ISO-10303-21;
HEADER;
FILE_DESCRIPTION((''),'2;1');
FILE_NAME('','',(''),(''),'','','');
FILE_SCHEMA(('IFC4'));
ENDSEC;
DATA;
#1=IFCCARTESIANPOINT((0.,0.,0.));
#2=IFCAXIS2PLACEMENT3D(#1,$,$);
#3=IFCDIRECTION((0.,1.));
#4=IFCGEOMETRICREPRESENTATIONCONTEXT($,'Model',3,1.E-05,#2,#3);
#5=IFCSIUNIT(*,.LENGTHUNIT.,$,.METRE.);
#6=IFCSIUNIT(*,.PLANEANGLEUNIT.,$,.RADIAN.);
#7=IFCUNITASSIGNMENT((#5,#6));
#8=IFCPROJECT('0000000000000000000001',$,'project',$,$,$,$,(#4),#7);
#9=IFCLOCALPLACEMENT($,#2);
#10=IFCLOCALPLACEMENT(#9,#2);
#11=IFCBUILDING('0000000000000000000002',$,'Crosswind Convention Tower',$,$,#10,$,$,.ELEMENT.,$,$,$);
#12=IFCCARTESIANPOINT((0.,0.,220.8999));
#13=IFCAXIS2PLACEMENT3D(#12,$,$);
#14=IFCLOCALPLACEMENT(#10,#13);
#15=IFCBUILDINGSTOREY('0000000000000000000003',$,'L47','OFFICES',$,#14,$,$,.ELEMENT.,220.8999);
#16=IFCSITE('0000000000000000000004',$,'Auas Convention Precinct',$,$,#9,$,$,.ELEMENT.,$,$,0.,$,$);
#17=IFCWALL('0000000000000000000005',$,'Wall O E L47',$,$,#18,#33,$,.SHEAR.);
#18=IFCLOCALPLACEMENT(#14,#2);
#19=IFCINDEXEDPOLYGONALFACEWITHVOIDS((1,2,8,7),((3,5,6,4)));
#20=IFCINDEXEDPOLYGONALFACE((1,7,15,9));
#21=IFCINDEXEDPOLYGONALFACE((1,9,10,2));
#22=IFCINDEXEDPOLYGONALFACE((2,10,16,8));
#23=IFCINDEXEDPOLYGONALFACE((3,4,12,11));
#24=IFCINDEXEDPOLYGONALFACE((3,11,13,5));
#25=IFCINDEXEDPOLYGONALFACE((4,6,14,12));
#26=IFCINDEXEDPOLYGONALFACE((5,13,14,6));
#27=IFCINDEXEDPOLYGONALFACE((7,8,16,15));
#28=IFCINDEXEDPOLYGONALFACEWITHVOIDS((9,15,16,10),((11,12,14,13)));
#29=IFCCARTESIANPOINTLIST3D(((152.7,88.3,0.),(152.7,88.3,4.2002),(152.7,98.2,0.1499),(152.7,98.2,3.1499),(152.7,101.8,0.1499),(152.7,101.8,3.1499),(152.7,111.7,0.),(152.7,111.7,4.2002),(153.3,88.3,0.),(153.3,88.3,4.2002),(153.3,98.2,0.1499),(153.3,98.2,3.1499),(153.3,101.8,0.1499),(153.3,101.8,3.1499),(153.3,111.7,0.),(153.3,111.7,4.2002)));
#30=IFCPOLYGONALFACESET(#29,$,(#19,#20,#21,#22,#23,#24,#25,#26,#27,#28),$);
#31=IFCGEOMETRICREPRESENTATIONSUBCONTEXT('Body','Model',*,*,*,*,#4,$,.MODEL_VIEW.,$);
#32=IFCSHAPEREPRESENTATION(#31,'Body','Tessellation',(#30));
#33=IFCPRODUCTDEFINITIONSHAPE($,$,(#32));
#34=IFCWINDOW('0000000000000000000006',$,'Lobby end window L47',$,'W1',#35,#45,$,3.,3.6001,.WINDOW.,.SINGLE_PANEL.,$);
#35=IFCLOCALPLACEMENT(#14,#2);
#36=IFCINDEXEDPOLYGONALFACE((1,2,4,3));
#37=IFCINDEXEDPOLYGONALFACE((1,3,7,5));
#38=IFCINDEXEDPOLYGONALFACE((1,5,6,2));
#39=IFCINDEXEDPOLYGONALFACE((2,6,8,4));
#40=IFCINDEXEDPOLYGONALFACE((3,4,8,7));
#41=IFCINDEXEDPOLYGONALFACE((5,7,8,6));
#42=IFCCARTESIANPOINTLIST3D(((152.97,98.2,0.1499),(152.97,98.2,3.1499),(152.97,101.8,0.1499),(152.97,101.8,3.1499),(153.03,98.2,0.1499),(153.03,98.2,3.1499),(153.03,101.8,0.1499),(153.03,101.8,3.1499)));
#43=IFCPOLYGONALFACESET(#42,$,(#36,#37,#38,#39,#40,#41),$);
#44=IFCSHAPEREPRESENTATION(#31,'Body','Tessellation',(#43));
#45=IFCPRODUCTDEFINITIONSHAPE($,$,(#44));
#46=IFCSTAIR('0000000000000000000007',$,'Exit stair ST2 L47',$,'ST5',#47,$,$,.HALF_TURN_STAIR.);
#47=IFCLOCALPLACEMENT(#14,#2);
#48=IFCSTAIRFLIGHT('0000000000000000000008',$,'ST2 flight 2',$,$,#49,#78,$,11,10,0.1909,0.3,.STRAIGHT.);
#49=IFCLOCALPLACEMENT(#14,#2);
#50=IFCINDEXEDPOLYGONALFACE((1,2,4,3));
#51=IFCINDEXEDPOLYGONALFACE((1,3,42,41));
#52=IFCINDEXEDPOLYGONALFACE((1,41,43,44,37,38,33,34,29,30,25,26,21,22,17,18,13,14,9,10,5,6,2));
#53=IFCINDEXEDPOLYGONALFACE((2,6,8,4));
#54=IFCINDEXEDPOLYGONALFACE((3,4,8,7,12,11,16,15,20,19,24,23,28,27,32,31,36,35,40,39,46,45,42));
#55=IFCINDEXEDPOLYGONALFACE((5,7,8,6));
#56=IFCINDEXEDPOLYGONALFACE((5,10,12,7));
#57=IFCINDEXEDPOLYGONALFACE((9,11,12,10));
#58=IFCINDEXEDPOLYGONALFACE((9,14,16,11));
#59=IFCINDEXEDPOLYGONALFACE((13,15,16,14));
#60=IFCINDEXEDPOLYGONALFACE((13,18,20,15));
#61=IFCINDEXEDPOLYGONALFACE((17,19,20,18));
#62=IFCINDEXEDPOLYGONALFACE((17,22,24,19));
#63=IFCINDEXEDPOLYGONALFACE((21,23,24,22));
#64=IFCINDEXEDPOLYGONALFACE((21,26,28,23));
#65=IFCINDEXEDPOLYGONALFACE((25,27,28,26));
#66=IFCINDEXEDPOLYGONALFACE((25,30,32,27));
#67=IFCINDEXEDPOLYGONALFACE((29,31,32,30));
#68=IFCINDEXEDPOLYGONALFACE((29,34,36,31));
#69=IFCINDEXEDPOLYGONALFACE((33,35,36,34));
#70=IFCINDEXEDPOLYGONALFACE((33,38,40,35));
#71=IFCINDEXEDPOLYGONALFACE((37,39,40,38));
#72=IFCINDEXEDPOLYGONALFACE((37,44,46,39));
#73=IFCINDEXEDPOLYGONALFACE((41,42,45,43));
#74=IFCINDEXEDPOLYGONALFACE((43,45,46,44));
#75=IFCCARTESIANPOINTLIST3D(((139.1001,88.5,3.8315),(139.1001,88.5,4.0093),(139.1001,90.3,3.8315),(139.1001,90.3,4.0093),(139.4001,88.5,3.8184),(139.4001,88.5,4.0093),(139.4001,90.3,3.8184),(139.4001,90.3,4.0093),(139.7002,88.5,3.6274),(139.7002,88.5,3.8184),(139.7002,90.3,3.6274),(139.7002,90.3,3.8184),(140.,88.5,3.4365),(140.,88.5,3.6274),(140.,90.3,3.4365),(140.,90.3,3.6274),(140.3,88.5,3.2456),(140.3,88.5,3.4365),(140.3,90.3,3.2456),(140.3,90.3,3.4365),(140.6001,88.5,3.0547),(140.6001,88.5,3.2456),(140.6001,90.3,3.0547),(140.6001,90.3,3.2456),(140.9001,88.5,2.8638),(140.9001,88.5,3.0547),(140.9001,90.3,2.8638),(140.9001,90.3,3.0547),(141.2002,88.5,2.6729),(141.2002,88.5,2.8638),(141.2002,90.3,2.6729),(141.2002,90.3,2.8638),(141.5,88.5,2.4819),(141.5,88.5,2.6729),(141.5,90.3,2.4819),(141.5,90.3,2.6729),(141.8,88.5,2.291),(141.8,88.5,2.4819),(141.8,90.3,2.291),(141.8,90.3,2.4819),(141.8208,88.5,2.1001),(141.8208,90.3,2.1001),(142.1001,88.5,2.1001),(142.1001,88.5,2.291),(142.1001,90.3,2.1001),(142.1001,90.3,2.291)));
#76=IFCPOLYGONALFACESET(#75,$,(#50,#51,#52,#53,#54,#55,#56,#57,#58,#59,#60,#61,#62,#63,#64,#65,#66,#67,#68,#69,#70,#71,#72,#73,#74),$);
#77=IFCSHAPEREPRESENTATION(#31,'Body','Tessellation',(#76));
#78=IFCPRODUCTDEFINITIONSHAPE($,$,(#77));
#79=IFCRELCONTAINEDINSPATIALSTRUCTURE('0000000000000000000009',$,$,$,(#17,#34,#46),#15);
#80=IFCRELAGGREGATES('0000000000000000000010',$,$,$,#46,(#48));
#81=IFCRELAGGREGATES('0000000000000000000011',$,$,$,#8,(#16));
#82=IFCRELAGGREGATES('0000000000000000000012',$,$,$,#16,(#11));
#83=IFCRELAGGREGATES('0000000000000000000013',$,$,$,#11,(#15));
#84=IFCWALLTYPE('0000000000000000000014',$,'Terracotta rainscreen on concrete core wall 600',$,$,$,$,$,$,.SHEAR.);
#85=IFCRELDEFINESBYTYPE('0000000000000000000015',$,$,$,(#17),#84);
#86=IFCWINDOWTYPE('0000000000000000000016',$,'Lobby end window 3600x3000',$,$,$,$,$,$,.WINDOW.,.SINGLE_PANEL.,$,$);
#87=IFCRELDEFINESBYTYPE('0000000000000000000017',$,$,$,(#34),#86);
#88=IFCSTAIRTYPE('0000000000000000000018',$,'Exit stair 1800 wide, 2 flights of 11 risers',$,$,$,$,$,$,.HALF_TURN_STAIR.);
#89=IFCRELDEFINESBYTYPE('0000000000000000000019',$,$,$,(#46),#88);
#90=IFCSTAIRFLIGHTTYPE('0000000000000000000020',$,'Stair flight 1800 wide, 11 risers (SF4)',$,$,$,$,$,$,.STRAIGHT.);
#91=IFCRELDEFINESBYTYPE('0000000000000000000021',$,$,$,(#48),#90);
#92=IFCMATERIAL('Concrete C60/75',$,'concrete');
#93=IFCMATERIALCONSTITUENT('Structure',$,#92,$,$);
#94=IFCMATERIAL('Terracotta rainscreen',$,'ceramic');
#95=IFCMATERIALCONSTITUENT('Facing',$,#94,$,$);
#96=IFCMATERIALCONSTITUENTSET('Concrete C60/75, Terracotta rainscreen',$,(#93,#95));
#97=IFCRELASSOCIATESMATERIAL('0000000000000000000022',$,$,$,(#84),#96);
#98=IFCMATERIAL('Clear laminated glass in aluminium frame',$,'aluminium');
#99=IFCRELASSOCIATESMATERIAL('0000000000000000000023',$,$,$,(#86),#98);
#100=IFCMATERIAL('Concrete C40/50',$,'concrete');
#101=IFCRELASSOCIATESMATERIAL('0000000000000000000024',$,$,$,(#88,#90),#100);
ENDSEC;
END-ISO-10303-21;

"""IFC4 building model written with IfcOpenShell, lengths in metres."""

from ifc_helpers import new_model, si_unit, direction, frame, frame_2d, origin, place, context, subcontext, project, spatial, polyline, rectangle, outline, extrude, material, constituent, constituent_set, type_object, element, fill, aggregate, save


model = new_model("IFC4")

# Units and contexts
model_context = context("Model", 3, precision=1e-05, world=origin(), true_north=direction((0.0, 1.0)))
body_context = subcontext(model_context, "Body", "Model", "MODEL_VIEW")
ifc_project = project(units=[si_unit("LENGTHUNIT", "METRE"), si_unit("PLANEANGLEUNIT", "RADIAN")], contexts=[model_context])

# Site, building, storey
site_placement = place(None, origin())
site = spatial("IfcSite", under=ifc_project, at=site_placement, Name="Auas Convention Precinct", CompositionType="ELEMENT", RefElevation=0.0)
building_placement = place(site_placement, origin())
building = spatial("IfcBuilding", under=site, at=building_placement, Name="Crosswind Convention Tower", CompositionType="ELEMENT")
storey_placement = place(building_placement, frame((0.0, 0.0, 220.8999)))
storey = spatial("IfcBuildingStorey", under=building, at=storey_placement, Name="L47", Description="OFFICES", CompositionType="ELEMENT", Elevation=220.8999)

# Wall, opening, window
ifc_material_1 = material(Name="Concrete C60/75", Category="concrete")
ifc_constituent_1 = constituent(ifc_material_1, Name="Structure")
ifc_material_2 = material(Name="Terracotta rainscreen", Category="ceramic")
ifc_constituent_2 = constituent(ifc_material_2, Name="Facing")
ifc_constituent_set = constituent_set(constituents=[ifc_constituent_1, ifc_constituent_2], Name="Concrete C60/75, Terracotta rainscreen")
wall_type_1 = type_object("IfcWallType", Name="Terracotta rainscreen on concrete core wall 600", PredefinedType="SHEAR", material=ifc_constituent_set)
wall_1_placement = place(storey_placement, frame((153.0, 88.3, 0.0), z_axis=(0.0, 0.0, 1.0), x_axis=(0.0, 1.0, 0.0)))
wall_1 = element("IfcWall", 1, at=wall_1_placement, inside=storey, type_object=wall_type_1, Name="Wall O E L47", PredefinedType="SHEAR", context=body_context, shape_type="SweptSolid", body=[
    extrude(rectangle(XDim=23.3999, YDim=0.6001, at=frame_2d((11.7, 0.0))), origin(), (0.0, 0.0, 1.0), 4.2002),
])
opening_1_placement = place(wall_1_placement, frame((9.8999, 0.0, 0.1499)))
opening_1 = element("IfcOpeningElement", 2, at=opening_1_placement, cuts=wall_1, PredefinedType="OPENING", context=body_context, shape_type="SweptSolid", body=[
    extrude(rectangle(XDim=3.6001, YDim=3.0, at=frame_2d((1.8, 1.5))), frame((0.0, 0.3101, 0.0), z_axis=(0.0, -1.0, 0.0), x_axis=(1.0, 0.0, 0.0)), (0.0, 0.0, 1.0), 0.6201),
])
ifc_material_3 = material(Name="Clear laminated glass in aluminium frame", Category="aluminium")
window_type = type_object("IfcWindowType", Name="Lobby end window 3600x3000", PartitioningType="SINGLE_PANEL", PredefinedType="WINDOW", material=ifc_material_3)
window_placement = place(opening_1_placement, origin())
window = element("IfcWindow", 3, at=window_placement, inside=storey, type_object=window_type, Name="Lobby end window L47", ObjectType="W1", OverallHeight=3.0, OverallWidth=3.6001, PartitioningType="SINGLE_PANEL", PredefinedType="WINDOW", context=body_context, shape_type="SweptSolid", body=[
    extrude(rectangle(XDim=3.6001, YDim=3.0, at=frame_2d((1.8, 1.5))), frame((0.0, 0.03, 0.0), z_axis=(0.0, -1.0, 0.0), x_axis=(1.0, 0.0, 0.0)), (0.0, 0.0, 1.0), 0.0601),
])
fill(opening_1, window)

# Stair, stair flight
ifc_material_4 = material(Name="Concrete C40/50", Category="concrete")
stair_type = type_object("IfcStairType", Name="Exit stair 1800 wide, 2 flights of 11 risers", PredefinedType="HALF_TURN_STAIR", material=ifc_material_4)
stair_placement = place(storey_placement, origin())
stair = element("IfcStair", 4, at=stair_placement, inside=storey, type_object=stair_type, Name="Exit stair ST2 L47", ObjectType="ST5", PredefinedType="HALF_TURN_STAIR")
stair_flight_type = type_object("IfcStairFlightType", Name="Stair flight 1800 wide, 11 risers (SF4)", PredefinedType="STRAIGHT", material=ifc_material_4)
stair_flight_placement = place(storey_placement, frame((142.1001, 89.3999, 2.1001), z_axis=(0.0, 0.0, 1.0), x_axis=(-1.0, 0.0, 0.0)))
stair_flight = element("IfcStairFlight", 5, at=stair_flight_placement, type_object=stair_flight_type, Name="ST2 flight 2", NumberOfRisers=11, NumberOfTreads=10, PredefinedType="STRAIGHT", RiserHeight=0.1909, TreadLength=0.3, context=body_context, shape_type="SweptSolid", body=[
    extrude(outline(polyline([(0.0, 0.0), (0.0, 0.1909), (0.3, 0.1909), (0.3, 0.3818), (0.6001, 0.3818), (0.6001, 0.5728), (0.8999, 0.5728), (0.8999, 0.7637), (1.2, 0.7637), (1.2, 0.9546), (1.5, 0.9546), (1.5, 1.1455), (1.8, 1.1455), (1.8, 1.3364), (2.1001, 1.3364), (2.1001, 1.5273), (2.3999, 1.5273), (2.3999, 1.7183), (2.7, 1.7183), (2.7, 1.9092), (3.0, 1.9092), (3.0, 2.1001), (3.0, 1.7314), (0.2793, 0.0), (0.0, 0.0)])), frame((0.0, 0.8999, 0.0), z_axis=(0.0, -1.0, 0.0), x_axis=(1.0, 0.0, 0.0)), (0.0, 0.0, 1.0), 1.8),
])
aggregate(stair, [stair_flight])

save(model, "model.ifc")
